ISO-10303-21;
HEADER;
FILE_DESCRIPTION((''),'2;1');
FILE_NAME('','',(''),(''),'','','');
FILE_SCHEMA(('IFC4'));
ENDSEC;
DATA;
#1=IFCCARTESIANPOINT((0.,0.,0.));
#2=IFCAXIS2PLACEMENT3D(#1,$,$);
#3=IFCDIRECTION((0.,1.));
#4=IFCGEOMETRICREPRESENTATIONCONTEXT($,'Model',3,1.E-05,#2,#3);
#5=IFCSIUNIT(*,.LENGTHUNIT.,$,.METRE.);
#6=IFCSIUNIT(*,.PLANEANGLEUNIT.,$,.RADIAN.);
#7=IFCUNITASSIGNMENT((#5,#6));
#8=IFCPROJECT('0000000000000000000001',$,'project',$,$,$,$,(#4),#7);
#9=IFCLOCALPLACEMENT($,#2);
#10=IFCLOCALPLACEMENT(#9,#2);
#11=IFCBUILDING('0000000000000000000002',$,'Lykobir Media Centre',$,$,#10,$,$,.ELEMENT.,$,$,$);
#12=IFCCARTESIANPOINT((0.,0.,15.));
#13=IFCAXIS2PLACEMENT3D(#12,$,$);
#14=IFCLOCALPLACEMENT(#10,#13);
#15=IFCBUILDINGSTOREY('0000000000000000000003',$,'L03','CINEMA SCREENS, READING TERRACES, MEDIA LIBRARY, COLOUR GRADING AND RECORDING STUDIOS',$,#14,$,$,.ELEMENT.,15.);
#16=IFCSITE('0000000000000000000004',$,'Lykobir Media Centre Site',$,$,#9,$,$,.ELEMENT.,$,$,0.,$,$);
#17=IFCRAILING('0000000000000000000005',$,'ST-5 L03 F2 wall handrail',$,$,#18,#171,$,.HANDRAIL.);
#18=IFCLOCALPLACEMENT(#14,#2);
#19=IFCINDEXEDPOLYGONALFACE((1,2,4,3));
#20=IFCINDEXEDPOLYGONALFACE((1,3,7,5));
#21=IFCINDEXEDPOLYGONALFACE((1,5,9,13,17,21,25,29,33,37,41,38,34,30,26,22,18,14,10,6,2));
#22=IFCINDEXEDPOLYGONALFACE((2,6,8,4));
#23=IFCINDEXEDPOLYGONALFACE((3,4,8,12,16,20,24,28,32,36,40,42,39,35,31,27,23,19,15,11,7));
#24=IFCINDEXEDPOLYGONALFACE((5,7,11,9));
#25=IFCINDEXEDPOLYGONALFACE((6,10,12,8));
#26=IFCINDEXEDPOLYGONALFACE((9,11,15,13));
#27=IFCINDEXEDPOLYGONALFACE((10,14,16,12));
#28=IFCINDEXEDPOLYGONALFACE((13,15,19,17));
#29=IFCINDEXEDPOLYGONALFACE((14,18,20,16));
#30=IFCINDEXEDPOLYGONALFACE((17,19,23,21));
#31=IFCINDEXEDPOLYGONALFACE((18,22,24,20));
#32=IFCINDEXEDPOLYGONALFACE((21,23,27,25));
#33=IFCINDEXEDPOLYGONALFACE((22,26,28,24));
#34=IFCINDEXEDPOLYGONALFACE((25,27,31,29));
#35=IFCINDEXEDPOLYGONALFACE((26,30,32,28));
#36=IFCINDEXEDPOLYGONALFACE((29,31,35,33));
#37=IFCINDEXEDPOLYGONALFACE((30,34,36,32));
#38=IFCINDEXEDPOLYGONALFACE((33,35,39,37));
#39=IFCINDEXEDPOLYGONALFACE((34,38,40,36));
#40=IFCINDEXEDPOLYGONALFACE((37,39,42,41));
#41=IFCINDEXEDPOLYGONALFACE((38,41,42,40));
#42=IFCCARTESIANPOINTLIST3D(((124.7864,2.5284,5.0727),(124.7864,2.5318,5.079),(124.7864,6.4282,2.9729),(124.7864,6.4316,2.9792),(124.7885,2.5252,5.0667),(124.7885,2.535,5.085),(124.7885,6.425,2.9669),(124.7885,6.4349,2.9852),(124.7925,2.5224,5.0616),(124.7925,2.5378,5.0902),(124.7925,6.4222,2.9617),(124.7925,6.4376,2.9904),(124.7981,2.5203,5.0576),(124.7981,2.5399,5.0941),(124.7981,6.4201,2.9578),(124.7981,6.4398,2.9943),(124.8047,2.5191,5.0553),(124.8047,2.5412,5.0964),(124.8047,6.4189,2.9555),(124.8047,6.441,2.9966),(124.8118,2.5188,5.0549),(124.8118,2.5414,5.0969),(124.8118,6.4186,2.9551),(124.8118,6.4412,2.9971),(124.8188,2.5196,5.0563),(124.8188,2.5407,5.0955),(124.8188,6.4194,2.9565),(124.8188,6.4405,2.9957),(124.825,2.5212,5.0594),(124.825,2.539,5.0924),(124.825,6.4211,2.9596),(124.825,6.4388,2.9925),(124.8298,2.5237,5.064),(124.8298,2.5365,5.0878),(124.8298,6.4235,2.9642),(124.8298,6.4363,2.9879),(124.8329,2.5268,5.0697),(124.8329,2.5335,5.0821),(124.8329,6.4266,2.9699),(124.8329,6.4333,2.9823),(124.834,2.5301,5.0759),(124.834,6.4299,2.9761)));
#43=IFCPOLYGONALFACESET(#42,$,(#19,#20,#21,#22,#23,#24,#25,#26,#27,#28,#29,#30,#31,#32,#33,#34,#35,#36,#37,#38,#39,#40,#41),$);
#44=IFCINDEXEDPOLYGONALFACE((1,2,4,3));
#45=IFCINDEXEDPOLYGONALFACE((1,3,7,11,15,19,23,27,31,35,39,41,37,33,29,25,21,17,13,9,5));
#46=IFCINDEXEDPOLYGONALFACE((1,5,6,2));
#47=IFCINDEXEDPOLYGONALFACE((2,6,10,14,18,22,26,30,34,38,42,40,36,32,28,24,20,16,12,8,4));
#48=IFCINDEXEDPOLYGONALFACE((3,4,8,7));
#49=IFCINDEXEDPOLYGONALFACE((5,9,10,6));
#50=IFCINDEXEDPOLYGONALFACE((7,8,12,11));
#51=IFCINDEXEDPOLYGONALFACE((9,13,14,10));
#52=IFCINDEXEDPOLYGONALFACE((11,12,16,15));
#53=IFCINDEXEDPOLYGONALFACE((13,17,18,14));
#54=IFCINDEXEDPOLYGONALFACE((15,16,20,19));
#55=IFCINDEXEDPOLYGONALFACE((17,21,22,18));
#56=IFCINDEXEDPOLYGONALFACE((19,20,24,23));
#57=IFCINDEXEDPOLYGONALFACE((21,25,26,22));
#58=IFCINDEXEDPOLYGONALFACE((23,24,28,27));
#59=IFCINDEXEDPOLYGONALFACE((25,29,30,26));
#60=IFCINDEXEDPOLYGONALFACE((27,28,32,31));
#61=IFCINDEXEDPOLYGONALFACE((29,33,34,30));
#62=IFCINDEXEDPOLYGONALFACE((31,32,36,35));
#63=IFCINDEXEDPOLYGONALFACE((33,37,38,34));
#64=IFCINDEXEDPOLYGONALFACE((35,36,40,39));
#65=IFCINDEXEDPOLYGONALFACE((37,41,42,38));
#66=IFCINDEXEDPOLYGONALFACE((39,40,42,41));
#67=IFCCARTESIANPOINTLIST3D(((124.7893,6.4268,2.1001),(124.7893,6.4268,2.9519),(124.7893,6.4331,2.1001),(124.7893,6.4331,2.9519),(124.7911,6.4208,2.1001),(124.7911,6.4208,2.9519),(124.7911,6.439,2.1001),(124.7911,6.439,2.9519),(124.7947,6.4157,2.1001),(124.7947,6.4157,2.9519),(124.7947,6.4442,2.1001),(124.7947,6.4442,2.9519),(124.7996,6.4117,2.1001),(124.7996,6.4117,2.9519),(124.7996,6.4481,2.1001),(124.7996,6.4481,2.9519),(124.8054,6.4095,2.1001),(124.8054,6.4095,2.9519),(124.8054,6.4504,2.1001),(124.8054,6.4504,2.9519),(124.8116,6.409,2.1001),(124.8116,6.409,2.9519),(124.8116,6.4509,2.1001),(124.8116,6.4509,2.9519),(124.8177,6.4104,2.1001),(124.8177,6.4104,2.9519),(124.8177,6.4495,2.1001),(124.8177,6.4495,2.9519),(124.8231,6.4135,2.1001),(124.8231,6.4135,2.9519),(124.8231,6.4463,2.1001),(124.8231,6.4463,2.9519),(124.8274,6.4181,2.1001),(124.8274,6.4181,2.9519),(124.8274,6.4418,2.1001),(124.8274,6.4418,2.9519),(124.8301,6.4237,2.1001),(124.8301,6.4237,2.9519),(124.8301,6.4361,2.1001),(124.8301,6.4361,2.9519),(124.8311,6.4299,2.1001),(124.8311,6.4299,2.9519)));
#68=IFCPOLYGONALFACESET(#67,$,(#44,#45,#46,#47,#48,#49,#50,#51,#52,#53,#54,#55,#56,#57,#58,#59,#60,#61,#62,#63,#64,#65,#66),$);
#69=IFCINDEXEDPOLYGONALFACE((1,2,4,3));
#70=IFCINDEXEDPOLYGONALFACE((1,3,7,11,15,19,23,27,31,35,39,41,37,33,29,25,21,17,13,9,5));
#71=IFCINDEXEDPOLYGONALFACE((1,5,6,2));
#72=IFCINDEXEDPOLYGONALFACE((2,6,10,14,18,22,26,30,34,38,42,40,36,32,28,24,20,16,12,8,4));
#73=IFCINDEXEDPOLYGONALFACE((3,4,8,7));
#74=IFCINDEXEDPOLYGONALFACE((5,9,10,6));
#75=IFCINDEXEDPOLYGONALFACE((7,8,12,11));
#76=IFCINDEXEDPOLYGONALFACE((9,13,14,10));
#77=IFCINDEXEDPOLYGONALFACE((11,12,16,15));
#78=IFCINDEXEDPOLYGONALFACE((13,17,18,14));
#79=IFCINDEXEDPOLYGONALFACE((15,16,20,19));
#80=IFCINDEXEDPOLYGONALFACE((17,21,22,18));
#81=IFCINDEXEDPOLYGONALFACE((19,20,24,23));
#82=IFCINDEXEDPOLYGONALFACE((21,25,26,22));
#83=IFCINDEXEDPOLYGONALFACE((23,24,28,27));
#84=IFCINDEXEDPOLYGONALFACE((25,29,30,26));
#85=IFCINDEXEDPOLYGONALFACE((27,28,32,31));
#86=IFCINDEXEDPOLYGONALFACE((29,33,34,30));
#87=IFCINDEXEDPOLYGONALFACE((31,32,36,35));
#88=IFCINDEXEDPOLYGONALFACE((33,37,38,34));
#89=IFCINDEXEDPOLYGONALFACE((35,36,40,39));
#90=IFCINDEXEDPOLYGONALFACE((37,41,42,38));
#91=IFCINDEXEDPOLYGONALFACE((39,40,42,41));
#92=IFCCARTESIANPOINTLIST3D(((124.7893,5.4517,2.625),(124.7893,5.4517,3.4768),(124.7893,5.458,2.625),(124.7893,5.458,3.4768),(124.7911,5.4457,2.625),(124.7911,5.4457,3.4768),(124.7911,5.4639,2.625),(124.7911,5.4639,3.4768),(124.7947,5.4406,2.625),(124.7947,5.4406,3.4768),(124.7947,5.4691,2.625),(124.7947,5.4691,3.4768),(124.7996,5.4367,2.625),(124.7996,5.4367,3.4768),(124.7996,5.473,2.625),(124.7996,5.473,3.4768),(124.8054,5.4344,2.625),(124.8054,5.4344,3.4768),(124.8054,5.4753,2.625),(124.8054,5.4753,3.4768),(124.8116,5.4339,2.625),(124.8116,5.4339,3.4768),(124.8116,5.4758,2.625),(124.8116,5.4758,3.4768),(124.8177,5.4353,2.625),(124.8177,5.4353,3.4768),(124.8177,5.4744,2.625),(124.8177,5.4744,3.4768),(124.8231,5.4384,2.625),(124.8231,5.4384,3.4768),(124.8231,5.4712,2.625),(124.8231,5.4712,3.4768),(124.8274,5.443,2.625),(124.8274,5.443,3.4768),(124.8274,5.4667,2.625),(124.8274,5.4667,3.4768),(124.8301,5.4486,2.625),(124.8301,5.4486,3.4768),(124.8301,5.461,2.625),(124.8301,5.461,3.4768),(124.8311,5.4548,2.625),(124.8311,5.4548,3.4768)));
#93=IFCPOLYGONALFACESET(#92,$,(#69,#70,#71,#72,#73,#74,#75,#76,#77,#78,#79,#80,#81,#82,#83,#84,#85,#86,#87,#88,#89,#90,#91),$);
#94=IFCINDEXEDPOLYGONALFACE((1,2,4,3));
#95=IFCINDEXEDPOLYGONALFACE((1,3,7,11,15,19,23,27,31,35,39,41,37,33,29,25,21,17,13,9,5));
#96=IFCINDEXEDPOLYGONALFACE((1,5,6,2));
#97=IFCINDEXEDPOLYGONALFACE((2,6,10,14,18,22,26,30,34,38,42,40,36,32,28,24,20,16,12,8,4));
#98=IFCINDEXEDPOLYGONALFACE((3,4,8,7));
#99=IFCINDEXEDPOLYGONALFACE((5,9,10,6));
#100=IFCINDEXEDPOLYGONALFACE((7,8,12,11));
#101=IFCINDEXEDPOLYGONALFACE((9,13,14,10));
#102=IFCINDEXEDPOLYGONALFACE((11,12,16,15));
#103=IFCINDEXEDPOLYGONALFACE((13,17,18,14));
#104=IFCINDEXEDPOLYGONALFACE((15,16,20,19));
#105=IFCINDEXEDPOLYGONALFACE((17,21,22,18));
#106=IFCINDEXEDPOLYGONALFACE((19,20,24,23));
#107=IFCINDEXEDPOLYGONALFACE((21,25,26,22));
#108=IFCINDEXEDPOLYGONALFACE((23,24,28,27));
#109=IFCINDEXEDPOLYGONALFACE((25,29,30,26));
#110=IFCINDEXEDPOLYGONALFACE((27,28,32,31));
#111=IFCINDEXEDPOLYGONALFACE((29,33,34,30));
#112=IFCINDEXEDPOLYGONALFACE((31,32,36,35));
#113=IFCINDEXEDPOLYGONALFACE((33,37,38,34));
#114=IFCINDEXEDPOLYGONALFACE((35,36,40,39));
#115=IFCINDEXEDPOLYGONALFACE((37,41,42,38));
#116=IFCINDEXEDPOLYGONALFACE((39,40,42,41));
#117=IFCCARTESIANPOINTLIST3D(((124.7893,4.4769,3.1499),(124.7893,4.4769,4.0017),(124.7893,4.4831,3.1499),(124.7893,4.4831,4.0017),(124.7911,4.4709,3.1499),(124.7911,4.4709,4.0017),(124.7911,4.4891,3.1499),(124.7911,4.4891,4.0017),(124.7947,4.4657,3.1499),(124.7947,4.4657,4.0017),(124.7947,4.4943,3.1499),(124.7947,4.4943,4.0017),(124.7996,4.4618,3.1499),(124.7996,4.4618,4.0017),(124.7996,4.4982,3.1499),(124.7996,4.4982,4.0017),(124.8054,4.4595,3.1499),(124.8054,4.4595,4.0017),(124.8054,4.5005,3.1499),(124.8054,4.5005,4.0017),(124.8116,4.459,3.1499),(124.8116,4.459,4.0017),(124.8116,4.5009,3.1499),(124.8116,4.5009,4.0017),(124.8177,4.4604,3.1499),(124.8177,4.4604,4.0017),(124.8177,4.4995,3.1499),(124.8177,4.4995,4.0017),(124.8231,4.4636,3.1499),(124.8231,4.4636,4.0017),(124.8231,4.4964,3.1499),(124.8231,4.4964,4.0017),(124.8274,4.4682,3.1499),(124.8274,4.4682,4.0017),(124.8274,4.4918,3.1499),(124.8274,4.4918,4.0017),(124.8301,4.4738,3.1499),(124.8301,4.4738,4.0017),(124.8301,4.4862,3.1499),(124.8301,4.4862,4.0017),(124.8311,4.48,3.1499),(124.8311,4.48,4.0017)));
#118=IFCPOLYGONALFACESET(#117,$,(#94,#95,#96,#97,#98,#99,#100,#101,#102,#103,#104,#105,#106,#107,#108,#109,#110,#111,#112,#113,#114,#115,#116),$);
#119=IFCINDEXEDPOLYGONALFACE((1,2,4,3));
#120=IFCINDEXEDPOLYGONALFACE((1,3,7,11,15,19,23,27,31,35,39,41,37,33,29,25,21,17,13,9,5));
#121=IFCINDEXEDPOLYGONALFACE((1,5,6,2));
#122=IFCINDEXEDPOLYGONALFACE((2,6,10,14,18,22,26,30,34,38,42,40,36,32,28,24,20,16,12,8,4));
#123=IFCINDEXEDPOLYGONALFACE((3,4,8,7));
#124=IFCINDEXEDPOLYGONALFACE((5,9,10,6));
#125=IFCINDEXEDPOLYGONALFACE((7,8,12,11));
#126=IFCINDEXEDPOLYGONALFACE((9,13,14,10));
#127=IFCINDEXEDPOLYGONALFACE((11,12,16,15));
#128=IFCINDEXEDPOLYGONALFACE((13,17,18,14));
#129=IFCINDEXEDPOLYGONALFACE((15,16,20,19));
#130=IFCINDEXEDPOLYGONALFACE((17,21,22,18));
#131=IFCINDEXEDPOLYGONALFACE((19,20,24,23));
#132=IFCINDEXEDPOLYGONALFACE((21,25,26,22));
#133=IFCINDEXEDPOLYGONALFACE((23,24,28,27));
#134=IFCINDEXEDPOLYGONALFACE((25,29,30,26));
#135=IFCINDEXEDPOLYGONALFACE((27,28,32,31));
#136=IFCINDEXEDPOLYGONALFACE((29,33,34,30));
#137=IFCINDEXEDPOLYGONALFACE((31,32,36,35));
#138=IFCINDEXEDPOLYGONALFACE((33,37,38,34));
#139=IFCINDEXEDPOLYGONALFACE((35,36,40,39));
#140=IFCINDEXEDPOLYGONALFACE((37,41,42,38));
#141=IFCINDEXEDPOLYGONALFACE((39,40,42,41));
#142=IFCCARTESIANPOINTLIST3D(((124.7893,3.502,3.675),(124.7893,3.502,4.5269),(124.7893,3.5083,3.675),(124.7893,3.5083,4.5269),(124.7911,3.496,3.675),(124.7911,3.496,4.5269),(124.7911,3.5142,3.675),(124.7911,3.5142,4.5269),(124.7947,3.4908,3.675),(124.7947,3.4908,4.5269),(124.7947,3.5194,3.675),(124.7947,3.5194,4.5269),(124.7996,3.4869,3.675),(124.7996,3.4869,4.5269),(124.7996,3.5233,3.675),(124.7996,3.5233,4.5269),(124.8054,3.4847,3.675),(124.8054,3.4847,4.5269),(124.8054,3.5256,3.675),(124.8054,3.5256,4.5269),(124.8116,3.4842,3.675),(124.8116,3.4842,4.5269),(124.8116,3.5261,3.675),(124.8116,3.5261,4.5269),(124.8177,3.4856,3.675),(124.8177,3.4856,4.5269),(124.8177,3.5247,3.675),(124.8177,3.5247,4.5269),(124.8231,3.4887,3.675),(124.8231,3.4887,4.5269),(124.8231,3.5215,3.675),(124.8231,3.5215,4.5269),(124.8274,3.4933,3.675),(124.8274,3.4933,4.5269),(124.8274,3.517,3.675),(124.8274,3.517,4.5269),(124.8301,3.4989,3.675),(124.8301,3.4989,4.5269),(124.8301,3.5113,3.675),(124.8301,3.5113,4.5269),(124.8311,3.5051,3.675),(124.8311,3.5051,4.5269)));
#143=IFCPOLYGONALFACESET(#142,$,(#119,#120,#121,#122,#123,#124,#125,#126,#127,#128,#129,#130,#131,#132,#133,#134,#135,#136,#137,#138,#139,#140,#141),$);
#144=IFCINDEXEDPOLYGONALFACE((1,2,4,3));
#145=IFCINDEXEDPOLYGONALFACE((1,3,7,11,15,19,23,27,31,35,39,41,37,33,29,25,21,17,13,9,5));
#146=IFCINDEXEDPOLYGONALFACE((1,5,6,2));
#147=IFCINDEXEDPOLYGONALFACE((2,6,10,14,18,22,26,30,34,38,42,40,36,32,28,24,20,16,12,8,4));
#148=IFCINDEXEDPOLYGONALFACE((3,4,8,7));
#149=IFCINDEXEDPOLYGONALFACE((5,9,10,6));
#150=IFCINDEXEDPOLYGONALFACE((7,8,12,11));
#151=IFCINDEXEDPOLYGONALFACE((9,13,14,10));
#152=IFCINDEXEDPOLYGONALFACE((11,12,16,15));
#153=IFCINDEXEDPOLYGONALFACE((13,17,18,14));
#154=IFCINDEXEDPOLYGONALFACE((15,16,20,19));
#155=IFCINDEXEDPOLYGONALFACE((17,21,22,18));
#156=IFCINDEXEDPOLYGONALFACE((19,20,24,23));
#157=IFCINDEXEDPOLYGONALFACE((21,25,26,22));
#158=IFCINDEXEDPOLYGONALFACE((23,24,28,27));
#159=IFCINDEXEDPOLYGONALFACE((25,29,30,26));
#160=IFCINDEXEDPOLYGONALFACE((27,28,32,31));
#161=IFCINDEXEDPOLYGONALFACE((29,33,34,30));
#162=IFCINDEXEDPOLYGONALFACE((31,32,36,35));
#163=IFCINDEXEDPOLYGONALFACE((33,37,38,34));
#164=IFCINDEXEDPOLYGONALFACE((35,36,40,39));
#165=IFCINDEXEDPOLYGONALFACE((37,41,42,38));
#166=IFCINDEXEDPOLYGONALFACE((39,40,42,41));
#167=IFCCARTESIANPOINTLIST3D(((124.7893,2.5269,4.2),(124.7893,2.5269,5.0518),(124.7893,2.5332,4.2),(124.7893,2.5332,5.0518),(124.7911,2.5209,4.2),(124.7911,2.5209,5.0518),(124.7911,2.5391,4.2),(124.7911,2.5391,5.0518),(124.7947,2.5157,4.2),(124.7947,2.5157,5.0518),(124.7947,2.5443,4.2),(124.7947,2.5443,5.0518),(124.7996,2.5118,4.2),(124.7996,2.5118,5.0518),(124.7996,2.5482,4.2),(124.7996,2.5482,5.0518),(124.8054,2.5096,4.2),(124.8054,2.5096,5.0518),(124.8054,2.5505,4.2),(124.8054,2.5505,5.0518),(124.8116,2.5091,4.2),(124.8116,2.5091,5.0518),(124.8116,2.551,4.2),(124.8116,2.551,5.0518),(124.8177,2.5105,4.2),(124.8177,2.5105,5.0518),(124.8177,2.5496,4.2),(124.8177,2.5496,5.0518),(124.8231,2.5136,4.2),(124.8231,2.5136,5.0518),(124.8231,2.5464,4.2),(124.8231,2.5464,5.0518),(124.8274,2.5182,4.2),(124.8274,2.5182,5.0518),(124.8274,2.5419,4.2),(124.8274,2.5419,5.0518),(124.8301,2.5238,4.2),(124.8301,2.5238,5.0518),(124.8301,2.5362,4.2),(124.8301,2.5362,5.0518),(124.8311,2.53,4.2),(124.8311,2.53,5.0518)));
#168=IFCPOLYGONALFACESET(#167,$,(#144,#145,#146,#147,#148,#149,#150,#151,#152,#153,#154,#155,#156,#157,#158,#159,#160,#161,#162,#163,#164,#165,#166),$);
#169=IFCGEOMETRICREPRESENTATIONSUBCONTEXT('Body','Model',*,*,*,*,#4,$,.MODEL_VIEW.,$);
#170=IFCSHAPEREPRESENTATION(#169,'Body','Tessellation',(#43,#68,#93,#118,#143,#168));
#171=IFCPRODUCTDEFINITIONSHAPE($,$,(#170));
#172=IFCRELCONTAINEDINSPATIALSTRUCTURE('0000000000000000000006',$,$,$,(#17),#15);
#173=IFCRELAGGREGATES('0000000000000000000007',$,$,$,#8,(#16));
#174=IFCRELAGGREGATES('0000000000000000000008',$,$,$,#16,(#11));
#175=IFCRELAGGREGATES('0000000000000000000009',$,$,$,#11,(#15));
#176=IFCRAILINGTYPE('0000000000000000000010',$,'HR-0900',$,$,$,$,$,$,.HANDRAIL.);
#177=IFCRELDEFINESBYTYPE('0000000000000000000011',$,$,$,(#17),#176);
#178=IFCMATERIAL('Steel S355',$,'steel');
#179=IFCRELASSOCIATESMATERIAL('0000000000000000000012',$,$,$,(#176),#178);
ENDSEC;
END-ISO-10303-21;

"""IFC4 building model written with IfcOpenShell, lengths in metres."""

from ifc_helpers import new_model, si_unit, direction, frame, origin, origin_2d, place, context, subcontext, project, spatial, circle, extrude, material, type_object, element, save


model = new_model("IFC4")

# Units and contexts
model_context = context("Model", 3, precision=1e-05, world=origin(), true_north=direction((0.0, 1.0)))
body_context = subcontext(model_context, "Body", "Model", "MODEL_VIEW")
ifc_project = project(units=[si_unit("LENGTHUNIT", "METRE"), si_unit("PLANEANGLEUNIT", "RADIAN")], contexts=[model_context])

# Site, building, storey
site_placement = place(None, origin())
site = spatial("IfcSite", under=ifc_project, at=site_placement, Name="Lykobir Media Centre Site", CompositionType="ELEMENT", RefElevation=0.0)
building_placement = place(site_placement, origin())
building = spatial("IfcBuilding", under=site, at=building_placement, Name="Lykobir Media Centre", CompositionType="ELEMENT")
storey_placement = place(building_placement, frame((0.0, 0.0, 15.0)))
storey = spatial("IfcBuildingStorey", under=building, at=storey_placement, Name="L03", Description="CINEMA SCREENS, READING TERRACES, MEDIA LIBRARY, COLOUR GRADING AND RECORDING STUDIOS", CompositionType="ELEMENT", Elevation=15.0)

# Shared definitions
ifc_material_1 = material(Name="Steel S355", Category="steel")

# Railing
railing_type_1 = type_object("IfcRailingType", Name="HR-0900", PredefinedType="HANDRAIL", material=ifc_material_1)
railing_1_placement = place(storey_placement, frame((124.8101, 6.4299, 2.1001)))
element("IfcRailing", 1, at=railing_1_placement, inside=storey, type_object=railing_type_1, Name="ST-5 L03 F2 wall handrail", PredefinedType="HANDRAIL", context=body_context, shape_type="SweptSolid", body=[
    extrude(circle(Radius=0.0239, at=origin_2d()), frame((0.0, 0.0, 0.876), z_axis=(0.0, -0.88048, 0.474083), x_axis=(1.0, 0.0, 0.0)), (0.0, 0.0, 1.0), 4.4292),
    extrude(circle(Radius=0.021, at=origin_2d()), origin(), (0.0, 0.0, 1.0), 0.8518),
    extrude(circle(Radius=0.021, at=origin_2d()), frame((0.0, -0.9751, 0.5249)), (0.0, 0.0, 1.0), 0.8518),
    extrude(circle(Radius=0.021, at=origin_2d()), frame((0.0, -1.95, 1.0498)), (0.0, 0.0, 1.0), 0.8518),
    extrude(circle(Radius=0.021, at=origin_2d()), frame((0.0, -2.9248, 1.575)), (0.0, 0.0, 1.0), 0.8518),
    extrude(circle(Radius=0.021, at=origin_2d()), frame((0.0, -3.8999, 2.0999)), (0.0, 0.0, 1.0), 0.8518),
])

save(model, "model.ifc")
